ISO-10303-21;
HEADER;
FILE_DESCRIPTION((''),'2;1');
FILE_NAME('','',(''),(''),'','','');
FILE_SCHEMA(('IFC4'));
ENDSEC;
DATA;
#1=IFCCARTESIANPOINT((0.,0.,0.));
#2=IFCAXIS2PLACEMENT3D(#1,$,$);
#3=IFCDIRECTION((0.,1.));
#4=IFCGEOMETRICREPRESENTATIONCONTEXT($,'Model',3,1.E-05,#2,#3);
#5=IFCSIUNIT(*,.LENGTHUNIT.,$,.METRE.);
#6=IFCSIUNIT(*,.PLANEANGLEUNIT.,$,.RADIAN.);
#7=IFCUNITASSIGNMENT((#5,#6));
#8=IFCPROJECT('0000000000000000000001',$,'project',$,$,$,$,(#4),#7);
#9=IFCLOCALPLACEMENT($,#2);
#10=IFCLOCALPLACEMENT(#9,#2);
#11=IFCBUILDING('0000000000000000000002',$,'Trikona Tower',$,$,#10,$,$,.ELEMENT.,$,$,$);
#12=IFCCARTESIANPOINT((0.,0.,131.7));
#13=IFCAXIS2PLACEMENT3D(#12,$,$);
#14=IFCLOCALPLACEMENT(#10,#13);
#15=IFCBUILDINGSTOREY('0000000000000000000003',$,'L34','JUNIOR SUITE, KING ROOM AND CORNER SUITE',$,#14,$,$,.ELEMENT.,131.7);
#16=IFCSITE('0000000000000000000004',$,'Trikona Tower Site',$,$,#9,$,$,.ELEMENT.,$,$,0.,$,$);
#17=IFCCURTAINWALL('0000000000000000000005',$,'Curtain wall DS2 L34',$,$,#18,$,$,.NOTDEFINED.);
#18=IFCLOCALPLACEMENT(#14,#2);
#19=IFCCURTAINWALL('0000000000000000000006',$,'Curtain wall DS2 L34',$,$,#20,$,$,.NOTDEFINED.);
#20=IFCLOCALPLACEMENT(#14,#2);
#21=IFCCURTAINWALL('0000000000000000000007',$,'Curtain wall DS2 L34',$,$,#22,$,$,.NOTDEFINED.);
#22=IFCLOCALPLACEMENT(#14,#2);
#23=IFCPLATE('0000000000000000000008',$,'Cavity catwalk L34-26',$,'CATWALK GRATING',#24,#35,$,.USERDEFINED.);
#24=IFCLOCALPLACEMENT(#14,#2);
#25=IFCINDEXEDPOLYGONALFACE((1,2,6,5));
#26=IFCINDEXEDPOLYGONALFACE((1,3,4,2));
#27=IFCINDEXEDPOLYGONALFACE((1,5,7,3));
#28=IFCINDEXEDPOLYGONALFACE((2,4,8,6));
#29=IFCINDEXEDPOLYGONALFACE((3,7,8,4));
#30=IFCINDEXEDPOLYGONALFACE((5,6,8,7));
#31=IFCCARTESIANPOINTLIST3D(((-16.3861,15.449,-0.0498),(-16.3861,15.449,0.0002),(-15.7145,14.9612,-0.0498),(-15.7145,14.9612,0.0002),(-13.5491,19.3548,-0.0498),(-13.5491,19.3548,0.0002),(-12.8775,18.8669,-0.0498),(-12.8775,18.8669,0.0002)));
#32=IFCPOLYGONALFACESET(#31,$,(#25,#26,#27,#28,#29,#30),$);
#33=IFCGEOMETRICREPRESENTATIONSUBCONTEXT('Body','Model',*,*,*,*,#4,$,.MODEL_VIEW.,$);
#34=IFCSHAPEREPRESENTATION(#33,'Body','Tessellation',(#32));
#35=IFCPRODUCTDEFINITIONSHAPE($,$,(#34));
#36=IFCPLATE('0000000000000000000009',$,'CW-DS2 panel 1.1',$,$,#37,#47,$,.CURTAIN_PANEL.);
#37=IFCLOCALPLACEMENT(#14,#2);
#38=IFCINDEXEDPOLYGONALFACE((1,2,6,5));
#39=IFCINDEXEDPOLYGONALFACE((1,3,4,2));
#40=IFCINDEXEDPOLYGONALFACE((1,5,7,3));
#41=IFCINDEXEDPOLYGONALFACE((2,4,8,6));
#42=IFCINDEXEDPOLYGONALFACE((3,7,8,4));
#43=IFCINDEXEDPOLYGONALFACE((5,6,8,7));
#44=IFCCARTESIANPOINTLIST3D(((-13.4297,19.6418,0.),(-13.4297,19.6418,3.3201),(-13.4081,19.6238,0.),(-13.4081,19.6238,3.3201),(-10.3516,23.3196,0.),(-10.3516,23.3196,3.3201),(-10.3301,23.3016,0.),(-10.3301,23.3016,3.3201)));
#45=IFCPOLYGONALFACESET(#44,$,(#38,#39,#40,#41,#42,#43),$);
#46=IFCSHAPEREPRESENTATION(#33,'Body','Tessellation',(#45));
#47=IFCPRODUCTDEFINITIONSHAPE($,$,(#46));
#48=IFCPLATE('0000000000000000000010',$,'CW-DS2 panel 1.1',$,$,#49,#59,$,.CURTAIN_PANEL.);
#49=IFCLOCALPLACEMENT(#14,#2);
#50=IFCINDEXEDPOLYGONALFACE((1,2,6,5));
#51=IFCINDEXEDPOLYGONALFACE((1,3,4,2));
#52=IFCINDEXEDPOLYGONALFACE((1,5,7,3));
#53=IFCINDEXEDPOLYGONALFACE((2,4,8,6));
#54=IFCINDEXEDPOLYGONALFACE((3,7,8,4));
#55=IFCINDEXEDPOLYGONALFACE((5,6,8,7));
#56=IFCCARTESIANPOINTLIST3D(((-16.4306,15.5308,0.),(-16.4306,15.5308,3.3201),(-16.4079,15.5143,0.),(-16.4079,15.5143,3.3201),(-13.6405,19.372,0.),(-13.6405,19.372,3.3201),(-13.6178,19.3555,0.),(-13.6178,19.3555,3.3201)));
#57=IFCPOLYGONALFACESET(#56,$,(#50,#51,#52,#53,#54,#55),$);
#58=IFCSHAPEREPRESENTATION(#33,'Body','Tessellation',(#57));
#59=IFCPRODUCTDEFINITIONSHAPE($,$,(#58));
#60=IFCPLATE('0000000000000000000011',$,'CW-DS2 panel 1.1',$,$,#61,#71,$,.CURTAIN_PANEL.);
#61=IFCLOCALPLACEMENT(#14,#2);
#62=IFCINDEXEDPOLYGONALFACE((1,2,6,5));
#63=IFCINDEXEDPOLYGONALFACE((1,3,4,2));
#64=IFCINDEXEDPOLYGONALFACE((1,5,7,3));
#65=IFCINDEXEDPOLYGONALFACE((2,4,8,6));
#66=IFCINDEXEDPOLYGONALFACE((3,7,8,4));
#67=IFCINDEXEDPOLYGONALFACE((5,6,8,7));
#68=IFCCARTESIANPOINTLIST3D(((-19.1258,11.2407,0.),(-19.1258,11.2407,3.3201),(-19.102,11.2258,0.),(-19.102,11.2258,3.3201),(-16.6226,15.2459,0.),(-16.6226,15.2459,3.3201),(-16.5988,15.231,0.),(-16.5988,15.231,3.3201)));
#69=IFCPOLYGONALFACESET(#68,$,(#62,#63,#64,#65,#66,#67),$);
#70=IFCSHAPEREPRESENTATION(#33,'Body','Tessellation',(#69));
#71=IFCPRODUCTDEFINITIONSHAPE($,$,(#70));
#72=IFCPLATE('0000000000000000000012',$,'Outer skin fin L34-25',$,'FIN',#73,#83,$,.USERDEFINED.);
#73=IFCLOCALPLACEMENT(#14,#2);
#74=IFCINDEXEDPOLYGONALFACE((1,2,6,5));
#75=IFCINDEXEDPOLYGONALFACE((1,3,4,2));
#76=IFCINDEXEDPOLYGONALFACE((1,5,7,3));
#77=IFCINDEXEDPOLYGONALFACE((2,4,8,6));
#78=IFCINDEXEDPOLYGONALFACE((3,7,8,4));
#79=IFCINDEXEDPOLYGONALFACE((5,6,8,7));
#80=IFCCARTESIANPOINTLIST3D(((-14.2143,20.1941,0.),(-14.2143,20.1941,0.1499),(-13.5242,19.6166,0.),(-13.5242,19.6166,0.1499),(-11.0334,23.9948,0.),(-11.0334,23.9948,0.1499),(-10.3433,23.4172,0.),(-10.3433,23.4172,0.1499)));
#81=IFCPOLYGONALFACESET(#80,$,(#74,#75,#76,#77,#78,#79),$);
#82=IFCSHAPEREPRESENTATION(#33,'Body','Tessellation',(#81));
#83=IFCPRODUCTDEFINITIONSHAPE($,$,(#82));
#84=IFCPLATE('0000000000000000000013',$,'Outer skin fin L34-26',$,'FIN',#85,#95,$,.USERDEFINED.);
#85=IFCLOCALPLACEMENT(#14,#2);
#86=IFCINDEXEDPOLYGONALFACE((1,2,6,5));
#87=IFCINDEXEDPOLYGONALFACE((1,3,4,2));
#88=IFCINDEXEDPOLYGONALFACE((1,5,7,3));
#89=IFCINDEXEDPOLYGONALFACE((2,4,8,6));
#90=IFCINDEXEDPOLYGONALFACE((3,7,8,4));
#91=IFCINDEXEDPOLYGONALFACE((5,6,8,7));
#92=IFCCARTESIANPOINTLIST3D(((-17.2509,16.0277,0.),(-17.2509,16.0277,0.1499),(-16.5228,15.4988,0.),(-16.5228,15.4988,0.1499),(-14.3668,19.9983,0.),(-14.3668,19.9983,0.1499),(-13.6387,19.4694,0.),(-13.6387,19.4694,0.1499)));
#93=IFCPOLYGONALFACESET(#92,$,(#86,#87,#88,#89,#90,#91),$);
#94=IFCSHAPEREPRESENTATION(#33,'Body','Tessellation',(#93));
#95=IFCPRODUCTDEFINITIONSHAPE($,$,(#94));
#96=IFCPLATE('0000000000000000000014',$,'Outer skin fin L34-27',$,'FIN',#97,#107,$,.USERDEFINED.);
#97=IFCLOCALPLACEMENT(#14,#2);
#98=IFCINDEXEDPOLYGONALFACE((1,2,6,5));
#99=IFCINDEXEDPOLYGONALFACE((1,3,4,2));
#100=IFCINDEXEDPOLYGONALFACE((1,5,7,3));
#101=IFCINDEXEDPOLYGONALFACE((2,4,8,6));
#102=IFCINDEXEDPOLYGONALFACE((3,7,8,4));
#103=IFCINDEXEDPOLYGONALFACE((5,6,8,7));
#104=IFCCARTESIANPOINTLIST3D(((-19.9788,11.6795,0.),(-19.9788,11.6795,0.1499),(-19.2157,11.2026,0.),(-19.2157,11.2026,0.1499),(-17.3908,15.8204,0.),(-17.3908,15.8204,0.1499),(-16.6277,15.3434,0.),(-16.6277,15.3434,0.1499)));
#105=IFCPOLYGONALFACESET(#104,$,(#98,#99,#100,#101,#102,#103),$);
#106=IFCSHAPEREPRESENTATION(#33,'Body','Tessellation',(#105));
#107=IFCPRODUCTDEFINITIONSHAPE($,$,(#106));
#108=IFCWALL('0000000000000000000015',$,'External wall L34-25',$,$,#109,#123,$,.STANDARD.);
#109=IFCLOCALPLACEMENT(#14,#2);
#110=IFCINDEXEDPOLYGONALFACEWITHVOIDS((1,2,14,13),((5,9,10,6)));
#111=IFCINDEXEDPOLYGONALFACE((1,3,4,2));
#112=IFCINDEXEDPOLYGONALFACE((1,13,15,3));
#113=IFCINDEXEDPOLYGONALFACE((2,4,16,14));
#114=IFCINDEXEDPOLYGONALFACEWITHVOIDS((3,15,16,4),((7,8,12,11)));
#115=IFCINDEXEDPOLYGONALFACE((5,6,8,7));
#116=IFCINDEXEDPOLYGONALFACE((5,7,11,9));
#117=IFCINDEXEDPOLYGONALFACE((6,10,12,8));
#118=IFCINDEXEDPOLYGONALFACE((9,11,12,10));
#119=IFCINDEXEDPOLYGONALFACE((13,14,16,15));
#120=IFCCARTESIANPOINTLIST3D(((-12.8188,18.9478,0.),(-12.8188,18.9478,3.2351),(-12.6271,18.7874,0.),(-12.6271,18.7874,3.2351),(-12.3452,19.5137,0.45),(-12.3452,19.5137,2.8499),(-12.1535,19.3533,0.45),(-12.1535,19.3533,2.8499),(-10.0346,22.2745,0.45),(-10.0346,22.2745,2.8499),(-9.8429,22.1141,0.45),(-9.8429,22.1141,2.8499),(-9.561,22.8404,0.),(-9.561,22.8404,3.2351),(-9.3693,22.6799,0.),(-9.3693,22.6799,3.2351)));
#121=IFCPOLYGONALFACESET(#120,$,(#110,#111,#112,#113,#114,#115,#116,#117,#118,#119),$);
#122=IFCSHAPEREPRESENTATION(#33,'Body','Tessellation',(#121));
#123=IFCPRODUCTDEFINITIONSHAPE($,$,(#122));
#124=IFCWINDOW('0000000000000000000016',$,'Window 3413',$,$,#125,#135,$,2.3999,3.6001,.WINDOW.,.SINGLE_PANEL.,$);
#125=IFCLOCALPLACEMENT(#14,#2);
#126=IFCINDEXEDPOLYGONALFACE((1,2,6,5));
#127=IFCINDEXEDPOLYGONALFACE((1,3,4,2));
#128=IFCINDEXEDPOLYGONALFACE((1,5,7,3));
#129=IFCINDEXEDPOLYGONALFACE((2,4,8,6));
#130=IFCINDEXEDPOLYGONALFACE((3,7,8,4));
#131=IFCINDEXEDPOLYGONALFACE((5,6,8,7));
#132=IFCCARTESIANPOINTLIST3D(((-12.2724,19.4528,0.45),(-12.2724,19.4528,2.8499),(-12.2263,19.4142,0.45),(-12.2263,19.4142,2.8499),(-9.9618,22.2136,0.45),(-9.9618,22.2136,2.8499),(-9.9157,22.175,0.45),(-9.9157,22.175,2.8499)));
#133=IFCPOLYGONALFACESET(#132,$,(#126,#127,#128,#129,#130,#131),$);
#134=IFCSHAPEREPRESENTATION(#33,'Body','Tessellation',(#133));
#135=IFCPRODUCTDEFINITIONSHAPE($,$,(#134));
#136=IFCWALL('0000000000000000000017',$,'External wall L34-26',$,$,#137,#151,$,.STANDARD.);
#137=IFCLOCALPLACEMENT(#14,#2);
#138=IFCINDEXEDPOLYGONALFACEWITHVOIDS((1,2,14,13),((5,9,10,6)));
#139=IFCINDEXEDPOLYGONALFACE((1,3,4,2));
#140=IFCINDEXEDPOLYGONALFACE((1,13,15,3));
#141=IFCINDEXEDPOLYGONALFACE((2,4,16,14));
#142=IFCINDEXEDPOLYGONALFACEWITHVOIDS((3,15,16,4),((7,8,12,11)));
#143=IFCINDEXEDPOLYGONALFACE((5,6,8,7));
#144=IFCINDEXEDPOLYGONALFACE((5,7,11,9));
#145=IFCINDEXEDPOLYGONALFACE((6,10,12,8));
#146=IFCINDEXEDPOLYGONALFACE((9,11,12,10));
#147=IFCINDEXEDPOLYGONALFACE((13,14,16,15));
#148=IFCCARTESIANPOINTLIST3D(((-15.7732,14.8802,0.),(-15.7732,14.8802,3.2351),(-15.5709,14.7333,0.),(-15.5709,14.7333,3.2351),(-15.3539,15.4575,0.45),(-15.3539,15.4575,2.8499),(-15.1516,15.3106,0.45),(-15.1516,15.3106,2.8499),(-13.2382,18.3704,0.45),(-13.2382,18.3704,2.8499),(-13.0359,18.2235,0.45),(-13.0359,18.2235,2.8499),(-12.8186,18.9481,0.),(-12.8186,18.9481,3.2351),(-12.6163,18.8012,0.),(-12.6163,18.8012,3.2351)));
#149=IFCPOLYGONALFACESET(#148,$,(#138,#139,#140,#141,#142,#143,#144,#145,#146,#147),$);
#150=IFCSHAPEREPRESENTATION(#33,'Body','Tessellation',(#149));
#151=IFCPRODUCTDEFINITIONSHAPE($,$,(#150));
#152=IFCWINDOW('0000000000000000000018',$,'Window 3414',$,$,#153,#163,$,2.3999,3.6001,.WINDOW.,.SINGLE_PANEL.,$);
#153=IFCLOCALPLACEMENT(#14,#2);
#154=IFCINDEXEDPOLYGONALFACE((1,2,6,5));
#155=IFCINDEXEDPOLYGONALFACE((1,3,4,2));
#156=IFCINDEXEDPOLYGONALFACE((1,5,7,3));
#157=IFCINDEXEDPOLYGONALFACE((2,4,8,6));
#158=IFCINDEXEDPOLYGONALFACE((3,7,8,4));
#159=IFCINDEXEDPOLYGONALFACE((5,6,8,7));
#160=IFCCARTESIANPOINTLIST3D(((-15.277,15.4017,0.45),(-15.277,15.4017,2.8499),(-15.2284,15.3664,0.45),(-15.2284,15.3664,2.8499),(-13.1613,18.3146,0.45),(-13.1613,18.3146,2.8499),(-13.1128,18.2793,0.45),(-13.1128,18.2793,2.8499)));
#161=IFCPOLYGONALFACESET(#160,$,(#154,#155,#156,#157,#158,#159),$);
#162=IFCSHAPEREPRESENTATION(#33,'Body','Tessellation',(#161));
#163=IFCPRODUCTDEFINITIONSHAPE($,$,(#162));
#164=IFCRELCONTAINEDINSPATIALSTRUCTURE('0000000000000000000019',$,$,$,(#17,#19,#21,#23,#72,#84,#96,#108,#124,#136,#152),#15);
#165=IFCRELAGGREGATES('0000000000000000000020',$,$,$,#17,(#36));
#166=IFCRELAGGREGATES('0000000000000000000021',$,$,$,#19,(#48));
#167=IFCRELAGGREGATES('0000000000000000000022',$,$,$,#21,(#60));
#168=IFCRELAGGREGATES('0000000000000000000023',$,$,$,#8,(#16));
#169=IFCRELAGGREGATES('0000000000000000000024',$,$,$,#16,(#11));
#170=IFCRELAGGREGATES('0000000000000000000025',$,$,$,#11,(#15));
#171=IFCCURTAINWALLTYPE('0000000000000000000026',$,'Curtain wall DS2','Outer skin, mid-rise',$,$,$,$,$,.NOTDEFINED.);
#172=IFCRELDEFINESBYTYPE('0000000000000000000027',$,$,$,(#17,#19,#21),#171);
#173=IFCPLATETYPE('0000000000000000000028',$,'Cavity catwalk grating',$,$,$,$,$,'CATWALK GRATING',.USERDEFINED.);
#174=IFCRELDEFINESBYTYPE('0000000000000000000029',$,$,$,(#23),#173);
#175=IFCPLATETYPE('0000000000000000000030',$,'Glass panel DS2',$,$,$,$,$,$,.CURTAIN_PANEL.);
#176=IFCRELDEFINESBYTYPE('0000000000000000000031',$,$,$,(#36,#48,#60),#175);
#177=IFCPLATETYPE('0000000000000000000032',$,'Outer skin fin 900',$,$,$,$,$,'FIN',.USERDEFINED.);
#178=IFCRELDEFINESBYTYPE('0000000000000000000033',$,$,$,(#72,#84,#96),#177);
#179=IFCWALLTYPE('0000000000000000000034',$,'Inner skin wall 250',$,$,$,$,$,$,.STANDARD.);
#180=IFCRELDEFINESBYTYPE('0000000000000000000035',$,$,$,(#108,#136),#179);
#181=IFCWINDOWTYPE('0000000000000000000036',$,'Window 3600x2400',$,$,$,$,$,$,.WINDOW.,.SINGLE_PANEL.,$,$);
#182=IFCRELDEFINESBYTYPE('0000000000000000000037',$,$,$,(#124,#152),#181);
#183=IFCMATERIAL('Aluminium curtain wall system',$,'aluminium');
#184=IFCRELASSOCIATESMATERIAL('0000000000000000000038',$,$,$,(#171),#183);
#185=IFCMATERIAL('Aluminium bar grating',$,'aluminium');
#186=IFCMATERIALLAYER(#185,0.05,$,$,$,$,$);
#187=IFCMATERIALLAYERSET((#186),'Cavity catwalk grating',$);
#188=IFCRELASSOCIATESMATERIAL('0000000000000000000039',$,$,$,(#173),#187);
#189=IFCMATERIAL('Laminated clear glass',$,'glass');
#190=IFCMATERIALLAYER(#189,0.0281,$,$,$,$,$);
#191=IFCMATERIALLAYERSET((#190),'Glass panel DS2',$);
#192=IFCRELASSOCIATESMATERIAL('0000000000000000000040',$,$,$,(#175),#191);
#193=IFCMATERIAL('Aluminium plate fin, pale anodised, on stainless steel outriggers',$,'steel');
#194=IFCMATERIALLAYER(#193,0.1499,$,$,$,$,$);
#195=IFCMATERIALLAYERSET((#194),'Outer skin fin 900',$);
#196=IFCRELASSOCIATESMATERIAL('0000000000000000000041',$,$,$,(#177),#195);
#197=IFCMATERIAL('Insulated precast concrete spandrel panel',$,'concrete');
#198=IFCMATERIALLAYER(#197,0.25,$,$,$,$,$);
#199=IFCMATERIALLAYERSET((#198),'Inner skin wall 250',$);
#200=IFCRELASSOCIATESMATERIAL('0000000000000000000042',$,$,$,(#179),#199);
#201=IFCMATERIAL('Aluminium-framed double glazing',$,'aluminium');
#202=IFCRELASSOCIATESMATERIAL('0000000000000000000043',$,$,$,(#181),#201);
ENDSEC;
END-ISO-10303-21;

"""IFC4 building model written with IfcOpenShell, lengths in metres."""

from ifc_helpers import new_model, si_unit, direction, frame, frame_2d, origin, origin_2d, place, context, subcontext, project, spatial, rectangle, extrude, material, layer, layer_set, type_object, element, fill, aggregate, save


model = new_model("IFC4")

# Units and contexts
model_context = context("Model", 3, precision=1e-05, world=origin(), true_north=direction((0.0, 1.0)))
body_context = subcontext(model_context, "Body", "Model", "MODEL_VIEW")
ifc_project = project(units=[si_unit("LENGTHUNIT", "METRE"), si_unit("PLANEANGLEUNIT", "RADIAN")], contexts=[model_context])

# Site, building, storey
site_placement = place(None, origin())
site = spatial("IfcSite", under=ifc_project, at=site_placement, Name="Trikona Tower Site", CompositionType="ELEMENT", RefElevation=0.0)
building_placement = place(site_placement, origin())
building = spatial("IfcBuilding", under=site, at=building_placement, Name="Trikona Tower", CompositionType="ELEMENT")
storey_placement = place(building_placement, frame((0.0, 0.0, 131.7)))
storey = spatial("IfcBuildingStorey", under=building, at=storey_placement, Name="L34", Description="JUNIOR SUITE, KING ROOM AND CORNER SUITE", CompositionType="ELEMENT", Elevation=131.7)

# Shared definitions
ifc_material_1 = material(Name="Aluminium curtain wall system", Category="aluminium")
curtain_wall_type = type_object("IfcCurtainWallType", Name="Curtain wall DS2", Description="Outer skin, mid-rise", PredefinedType="NOTDEFINED", material=ifc_material_1)

# Curtain walls
curtain_wall_1_placement = place(storey_placement, origin())
curtain_wall_1 = element("IfcCurtainWall", 1, at=curtain_wall_1_placement, inside=storey, type_object=curtain_wall_type, Name="Curtain wall DS2 L34", PredefinedType="NOTDEFINED")
curtain_wall_2_placement = place(storey_placement, origin())
curtain_wall_2 = element("IfcCurtainWall", 2, at=curtain_wall_2_placement, inside=storey, type_object=curtain_wall_type, Name="Curtain wall DS2 L34", PredefinedType="NOTDEFINED")

# Curtain wall
curtain_wall_3_placement = place(storey_placement, origin())
curtain_wall_3 = element("IfcCurtainWall", 3, at=curtain_wall_3_placement, inside=storey, type_object=curtain_wall_type, Name="Curtain wall DS2 L34", PredefinedType="NOTDEFINED")

# Plate
ifc_material_2 = material(Name="Aluminium bar grating", Category="aluminium")
ifc_layer_1 = layer(ifc_material_2, 0.05)
ifc_layer_set_1 = layer_set([ifc_layer_1], Name="Cavity catwalk grating")
plate_type_1 = type_object("IfcPlateType", Name="Cavity catwalk grating", ElementType="CATWALK GRATING", PredefinedType="USERDEFINED", material=ifc_layer_set_1)
plate_1_placement = place(storey_placement, frame((-14.6318, 17.158, -0.0498), z_axis=(0.0, 0.0, 1.0), x_axis=(-0.587686, -0.809089, 0.0)))
element("IfcPlate", 4, at=plate_1_placement, inside=storey, type_object=plate_type_1, Name="Cavity catwalk L34-26", ObjectType="CATWALK GRATING", PredefinedType="USERDEFINED", context=body_context, shape_type="SweptSolid", body=[
    extrude(rectangle(XDim=4.8274, YDim=0.8301, at=origin_2d()), origin(), (0.0, 0.0, 1.0), 0.05),
])

# Plates
ifc_material_3 = material(Name="Laminated clear glass", Category="glass")
ifc_layer_2 = layer(ifc_material_3, 0.0281)
ifc_layer_set_2 = layer_set([ifc_layer_2], Name="Glass panel DS2")
plate_type_2 = type_object("IfcPlateType", Name="Glass panel DS2", PredefinedType="CURTAIN_PANEL", material=ifc_layer_set_2)
plate_2_placement = place(storey_placement, frame((-11.8799, 21.4717, 0.0), z_axis=(0.0, 0.0, 1.0), x_axis=(-0.641806, -0.766867, 0.0)))
plate_2 = element("IfcPlate", 5, at=plate_2_placement, type_object=plate_type_2, Name="CW-DS2 panel 1.1", PredefinedType="CURTAIN_PANEL", context=body_context, shape_type="SweptSolid", body=[
    extrude(rectangle(XDim=4.7959, YDim=0.0281, at=origin_2d()), origin(), (0.0, 0.0, 1.0), 3.3201),
])
aggregate(curtain_wall_1, [plate_2])
plate_3_placement = place(storey_placement, frame((-15.0242, 17.4431, 0.0), z_axis=(0.0, 0.0, 1.0), x_axis=(-0.587691, -0.809086, 0.0)))
plate_3 = element("IfcPlate", 6, at=plate_3_placement, type_object=plate_type_2, Name="CW-DS2 panel 1.1", PredefinedType="CURTAIN_PANEL", context=body_context, shape_type="SweptSolid", body=[
    extrude(rectangle(XDim=4.7476, YDim=0.0281, at=origin_2d()), origin(), (0.0, 0.0, 1.0), 3.3201),
])
aggregate(curtain_wall_2, [plate_3])
plate_4_placement = place(storey_placement, frame((-17.8623, 13.2358, 0.0), z_axis=(0.0, 0.0, 1.0), x_axis=(-0.529999, -0.847998, 0.0)))
plate_4 = element("IfcPlate", 7, at=plate_4_placement, type_object=plate_type_2, Name="CW-DS2 panel 1.1", PredefinedType="CURTAIN_PANEL", context=body_context, shape_type="SweptSolid", body=[
    extrude(rectangle(XDim=4.7231, YDim=0.0281, at=origin_2d()), origin(), (0.0, 0.0, 1.0), 3.3201),
])
aggregate(curtain_wall_3, [plate_4])

# Plates
ifc_material_4 = material(Name="Aluminium plate fin, pale anodised, on stainless steel outriggers", Category="steel")
ifc_layer_3 = layer(ifc_material_4, 0.1499)
ifc_layer_set_3 = layer_set([ifc_layer_3], Name="Outer skin fin 900")
plate_type_3 = type_object("IfcPlateType", Name="Outer skin fin 900", ElementType="FIN", PredefinedType="USERDEFINED", material=ifc_layer_set_3)
plate_5_placement = place(storey_placement, frame((-12.2788, 21.8057, 0.0), z_axis=(0.0, 0.0, 1.0), x_axis=(-0.641807, -0.766866, 0.0)))
element("IfcPlate", 8, at=plate_5_placement, inside=storey, type_object=plate_type_3, Name="Outer skin fin L34-25", ObjectType="FIN", PredefinedType="USERDEFINED", context=body_context, shape_type="SweptSolid", body=[
    extrude(rectangle(XDim=4.9561, YDim=0.8999, at=origin_2d()), origin(), (0.0, 0.0, 1.0), 0.1499),
])
plate_6_placement = place(storey_placement, frame((-15.4448, 17.7485, 0.0), z_axis=(0.0, 0.0, 1.0), x_axis=(-0.587686, -0.809089, 0.0)))
element("IfcPlate", 9, at=plate_6_placement, inside=storey, type_object=plate_type_3, Name="Outer skin fin L34-26", ObjectType="FIN", PredefinedType="USERDEFINED", context=body_context, shape_type="SweptSolid", body=[
    extrude(rectangle(XDim=4.9075, YDim=0.8999, at=origin_2d()), origin(), (0.0, 0.0, 1.0), 0.1499),
])
plate_7_placement = place(storey_placement, frame((-18.3032, 13.5115, 0.0), z_axis=(0.0, 0.0, 1.0), x_axis=(-0.529995, -0.848001, 0.0)))
element("IfcPlate", 10, at=plate_7_placement, inside=storey, type_object=plate_type_3, Name="Outer skin fin L34-27", ObjectType="FIN", PredefinedType="USERDEFINED", context=body_context, shape_type="SweptSolid", body=[
    extrude(rectangle(XDim=4.8831, YDim=0.8999, at=origin_2d()), origin(), (0.0, 0.0, 1.0), 0.1499),
])

# Walls, openings, windows
ifc_material_5 = material(Name="Insulated precast concrete spandrel panel", Category="concrete")
ifc_layer_4 = layer(ifc_material_5, 0.25)
ifc_layer_set_4 = layer_set([ifc_layer_4], Name="Inner skin wall 250")
wall_type = type_object("IfcWallType", Name="Inner skin wall 250", PredefinedType="STANDARD", material=ifc_layer_set_4)
wall_1_placement = place(storey_placement, frame((-9.4651, 22.7603, 0.0), z_axis=(0.0, 0.0, 1.0), x_axis=(-0.64181, -0.766863, 0.0)))
wall_1 = element("IfcWall", 11, at=wall_1_placement, inside=storey, type_object=wall_type, Name="External wall L34-25", PredefinedType="STANDARD", context=body_context, shape_type="SweptSolid", body=[
    extrude(rectangle(XDim=5.0759, YDim=0.25, at=frame_2d((2.5381, 0.0))), origin(), (0.0, 0.0, 1.0), 3.2351),
])
opening_1_placement = place(wall_1_placement, frame((0.738, 0.0, 0.45)))
opening_1 = element("IfcOpeningElement", 12, at=opening_1_placement, cuts=wall_1, PredefinedType="OPENING", context=body_context, shape_type="SweptSolid", body=[
    extrude(rectangle(XDim=3.6001, YDim=2.3999, at=frame_2d((1.8, 1.2))), frame((0.0, 0.135, 0.0), z_axis=(0.0, -1.0, 0.0), x_axis=(1.0, 0.0, 0.0)), (0.0, 0.0, 1.0), 0.27),
])
ifc_material_6 = material(Name="Aluminium-framed double glazing", Category="aluminium")
window_type = type_object("IfcWindowType", Name="Window 3600x2400", PartitioningType="SINGLE_PANEL", PredefinedType="WINDOW", material=ifc_material_6)
window_1_placement = place(opening_1_placement, origin())
window_1 = element("IfcWindow", 13, at=window_1_placement, inside=storey, type_object=window_type, Name="Window 3413", OverallHeight=2.3999, OverallWidth=3.6001, PartitioningType="SINGLE_PANEL", PredefinedType="WINDOW", context=body_context, shape_type="SweptSolid", body=[
    extrude(rectangle(XDim=3.6001, YDim=2.3999, at=frame_2d((1.8, 1.2))), frame((0.0, 0.03, 0.0), z_axis=(0.0, -1.0, 0.0), x_axis=(1.0, 0.0, 0.0)), (0.0, 0.0, 1.0), 0.0601),
])
fill(opening_1, window_1)
wall_2_placement = place(storey_placement, frame((-12.7175, 18.8745, 0.0), z_axis=(0.0, 0.0, 1.0), x_axis=(-0.587669, -0.809101, 0.0)))
wall_2 = element("IfcWall", 14, at=wall_2_placement, inside=storey, type_object=wall_type, Name="External wall L34-26", PredefinedType="STANDARD", context=body_context, shape_type="SweptSolid", body=[
    extrude(rectangle(XDim=5.0276, YDim=0.25, at=frame_2d((2.5137, 0.0))), origin(), (0.0, 0.0, 1.0), 3.2351),
])
opening_2_placement = place(wall_2_placement, frame((0.7139, 0.0, 0.45)))
opening_2 = element("IfcOpeningElement", 15, at=opening_2_placement, cuts=wall_2, PredefinedType="OPENING", context=body_context, shape_type="SweptSolid", body=[
    extrude(rectangle(XDim=3.6001, YDim=2.3999, at=frame_2d((1.8, 1.2))), frame((0.0, 0.135, 0.0), z_axis=(0.0, -1.0, 0.0), x_axis=(1.0, 0.0, 0.0)), (0.0, 0.0, 1.0), 0.27),
])
window_2_placement = place(opening_2_placement, origin())
window_2 = element("IfcWindow", 16, at=window_2_placement, inside=storey, type_object=window_type, Name="Window 3414", OverallHeight=2.3999, OverallWidth=3.6001, PartitioningType="SINGLE_PANEL", PredefinedType="WINDOW", context=body_context, shape_type="SweptSolid", body=[
    extrude(rectangle(XDim=3.6001, YDim=2.3999, at=frame_2d((1.8, 1.2))), frame((0.0, 0.03, 0.0), z_axis=(0.0, -1.0, 0.0), x_axis=(1.0, 0.0, 0.0)), (0.0, 0.0, 1.0), 0.0601),
])
fill(opening_2, window_2)

save(model, "model.ifc")
